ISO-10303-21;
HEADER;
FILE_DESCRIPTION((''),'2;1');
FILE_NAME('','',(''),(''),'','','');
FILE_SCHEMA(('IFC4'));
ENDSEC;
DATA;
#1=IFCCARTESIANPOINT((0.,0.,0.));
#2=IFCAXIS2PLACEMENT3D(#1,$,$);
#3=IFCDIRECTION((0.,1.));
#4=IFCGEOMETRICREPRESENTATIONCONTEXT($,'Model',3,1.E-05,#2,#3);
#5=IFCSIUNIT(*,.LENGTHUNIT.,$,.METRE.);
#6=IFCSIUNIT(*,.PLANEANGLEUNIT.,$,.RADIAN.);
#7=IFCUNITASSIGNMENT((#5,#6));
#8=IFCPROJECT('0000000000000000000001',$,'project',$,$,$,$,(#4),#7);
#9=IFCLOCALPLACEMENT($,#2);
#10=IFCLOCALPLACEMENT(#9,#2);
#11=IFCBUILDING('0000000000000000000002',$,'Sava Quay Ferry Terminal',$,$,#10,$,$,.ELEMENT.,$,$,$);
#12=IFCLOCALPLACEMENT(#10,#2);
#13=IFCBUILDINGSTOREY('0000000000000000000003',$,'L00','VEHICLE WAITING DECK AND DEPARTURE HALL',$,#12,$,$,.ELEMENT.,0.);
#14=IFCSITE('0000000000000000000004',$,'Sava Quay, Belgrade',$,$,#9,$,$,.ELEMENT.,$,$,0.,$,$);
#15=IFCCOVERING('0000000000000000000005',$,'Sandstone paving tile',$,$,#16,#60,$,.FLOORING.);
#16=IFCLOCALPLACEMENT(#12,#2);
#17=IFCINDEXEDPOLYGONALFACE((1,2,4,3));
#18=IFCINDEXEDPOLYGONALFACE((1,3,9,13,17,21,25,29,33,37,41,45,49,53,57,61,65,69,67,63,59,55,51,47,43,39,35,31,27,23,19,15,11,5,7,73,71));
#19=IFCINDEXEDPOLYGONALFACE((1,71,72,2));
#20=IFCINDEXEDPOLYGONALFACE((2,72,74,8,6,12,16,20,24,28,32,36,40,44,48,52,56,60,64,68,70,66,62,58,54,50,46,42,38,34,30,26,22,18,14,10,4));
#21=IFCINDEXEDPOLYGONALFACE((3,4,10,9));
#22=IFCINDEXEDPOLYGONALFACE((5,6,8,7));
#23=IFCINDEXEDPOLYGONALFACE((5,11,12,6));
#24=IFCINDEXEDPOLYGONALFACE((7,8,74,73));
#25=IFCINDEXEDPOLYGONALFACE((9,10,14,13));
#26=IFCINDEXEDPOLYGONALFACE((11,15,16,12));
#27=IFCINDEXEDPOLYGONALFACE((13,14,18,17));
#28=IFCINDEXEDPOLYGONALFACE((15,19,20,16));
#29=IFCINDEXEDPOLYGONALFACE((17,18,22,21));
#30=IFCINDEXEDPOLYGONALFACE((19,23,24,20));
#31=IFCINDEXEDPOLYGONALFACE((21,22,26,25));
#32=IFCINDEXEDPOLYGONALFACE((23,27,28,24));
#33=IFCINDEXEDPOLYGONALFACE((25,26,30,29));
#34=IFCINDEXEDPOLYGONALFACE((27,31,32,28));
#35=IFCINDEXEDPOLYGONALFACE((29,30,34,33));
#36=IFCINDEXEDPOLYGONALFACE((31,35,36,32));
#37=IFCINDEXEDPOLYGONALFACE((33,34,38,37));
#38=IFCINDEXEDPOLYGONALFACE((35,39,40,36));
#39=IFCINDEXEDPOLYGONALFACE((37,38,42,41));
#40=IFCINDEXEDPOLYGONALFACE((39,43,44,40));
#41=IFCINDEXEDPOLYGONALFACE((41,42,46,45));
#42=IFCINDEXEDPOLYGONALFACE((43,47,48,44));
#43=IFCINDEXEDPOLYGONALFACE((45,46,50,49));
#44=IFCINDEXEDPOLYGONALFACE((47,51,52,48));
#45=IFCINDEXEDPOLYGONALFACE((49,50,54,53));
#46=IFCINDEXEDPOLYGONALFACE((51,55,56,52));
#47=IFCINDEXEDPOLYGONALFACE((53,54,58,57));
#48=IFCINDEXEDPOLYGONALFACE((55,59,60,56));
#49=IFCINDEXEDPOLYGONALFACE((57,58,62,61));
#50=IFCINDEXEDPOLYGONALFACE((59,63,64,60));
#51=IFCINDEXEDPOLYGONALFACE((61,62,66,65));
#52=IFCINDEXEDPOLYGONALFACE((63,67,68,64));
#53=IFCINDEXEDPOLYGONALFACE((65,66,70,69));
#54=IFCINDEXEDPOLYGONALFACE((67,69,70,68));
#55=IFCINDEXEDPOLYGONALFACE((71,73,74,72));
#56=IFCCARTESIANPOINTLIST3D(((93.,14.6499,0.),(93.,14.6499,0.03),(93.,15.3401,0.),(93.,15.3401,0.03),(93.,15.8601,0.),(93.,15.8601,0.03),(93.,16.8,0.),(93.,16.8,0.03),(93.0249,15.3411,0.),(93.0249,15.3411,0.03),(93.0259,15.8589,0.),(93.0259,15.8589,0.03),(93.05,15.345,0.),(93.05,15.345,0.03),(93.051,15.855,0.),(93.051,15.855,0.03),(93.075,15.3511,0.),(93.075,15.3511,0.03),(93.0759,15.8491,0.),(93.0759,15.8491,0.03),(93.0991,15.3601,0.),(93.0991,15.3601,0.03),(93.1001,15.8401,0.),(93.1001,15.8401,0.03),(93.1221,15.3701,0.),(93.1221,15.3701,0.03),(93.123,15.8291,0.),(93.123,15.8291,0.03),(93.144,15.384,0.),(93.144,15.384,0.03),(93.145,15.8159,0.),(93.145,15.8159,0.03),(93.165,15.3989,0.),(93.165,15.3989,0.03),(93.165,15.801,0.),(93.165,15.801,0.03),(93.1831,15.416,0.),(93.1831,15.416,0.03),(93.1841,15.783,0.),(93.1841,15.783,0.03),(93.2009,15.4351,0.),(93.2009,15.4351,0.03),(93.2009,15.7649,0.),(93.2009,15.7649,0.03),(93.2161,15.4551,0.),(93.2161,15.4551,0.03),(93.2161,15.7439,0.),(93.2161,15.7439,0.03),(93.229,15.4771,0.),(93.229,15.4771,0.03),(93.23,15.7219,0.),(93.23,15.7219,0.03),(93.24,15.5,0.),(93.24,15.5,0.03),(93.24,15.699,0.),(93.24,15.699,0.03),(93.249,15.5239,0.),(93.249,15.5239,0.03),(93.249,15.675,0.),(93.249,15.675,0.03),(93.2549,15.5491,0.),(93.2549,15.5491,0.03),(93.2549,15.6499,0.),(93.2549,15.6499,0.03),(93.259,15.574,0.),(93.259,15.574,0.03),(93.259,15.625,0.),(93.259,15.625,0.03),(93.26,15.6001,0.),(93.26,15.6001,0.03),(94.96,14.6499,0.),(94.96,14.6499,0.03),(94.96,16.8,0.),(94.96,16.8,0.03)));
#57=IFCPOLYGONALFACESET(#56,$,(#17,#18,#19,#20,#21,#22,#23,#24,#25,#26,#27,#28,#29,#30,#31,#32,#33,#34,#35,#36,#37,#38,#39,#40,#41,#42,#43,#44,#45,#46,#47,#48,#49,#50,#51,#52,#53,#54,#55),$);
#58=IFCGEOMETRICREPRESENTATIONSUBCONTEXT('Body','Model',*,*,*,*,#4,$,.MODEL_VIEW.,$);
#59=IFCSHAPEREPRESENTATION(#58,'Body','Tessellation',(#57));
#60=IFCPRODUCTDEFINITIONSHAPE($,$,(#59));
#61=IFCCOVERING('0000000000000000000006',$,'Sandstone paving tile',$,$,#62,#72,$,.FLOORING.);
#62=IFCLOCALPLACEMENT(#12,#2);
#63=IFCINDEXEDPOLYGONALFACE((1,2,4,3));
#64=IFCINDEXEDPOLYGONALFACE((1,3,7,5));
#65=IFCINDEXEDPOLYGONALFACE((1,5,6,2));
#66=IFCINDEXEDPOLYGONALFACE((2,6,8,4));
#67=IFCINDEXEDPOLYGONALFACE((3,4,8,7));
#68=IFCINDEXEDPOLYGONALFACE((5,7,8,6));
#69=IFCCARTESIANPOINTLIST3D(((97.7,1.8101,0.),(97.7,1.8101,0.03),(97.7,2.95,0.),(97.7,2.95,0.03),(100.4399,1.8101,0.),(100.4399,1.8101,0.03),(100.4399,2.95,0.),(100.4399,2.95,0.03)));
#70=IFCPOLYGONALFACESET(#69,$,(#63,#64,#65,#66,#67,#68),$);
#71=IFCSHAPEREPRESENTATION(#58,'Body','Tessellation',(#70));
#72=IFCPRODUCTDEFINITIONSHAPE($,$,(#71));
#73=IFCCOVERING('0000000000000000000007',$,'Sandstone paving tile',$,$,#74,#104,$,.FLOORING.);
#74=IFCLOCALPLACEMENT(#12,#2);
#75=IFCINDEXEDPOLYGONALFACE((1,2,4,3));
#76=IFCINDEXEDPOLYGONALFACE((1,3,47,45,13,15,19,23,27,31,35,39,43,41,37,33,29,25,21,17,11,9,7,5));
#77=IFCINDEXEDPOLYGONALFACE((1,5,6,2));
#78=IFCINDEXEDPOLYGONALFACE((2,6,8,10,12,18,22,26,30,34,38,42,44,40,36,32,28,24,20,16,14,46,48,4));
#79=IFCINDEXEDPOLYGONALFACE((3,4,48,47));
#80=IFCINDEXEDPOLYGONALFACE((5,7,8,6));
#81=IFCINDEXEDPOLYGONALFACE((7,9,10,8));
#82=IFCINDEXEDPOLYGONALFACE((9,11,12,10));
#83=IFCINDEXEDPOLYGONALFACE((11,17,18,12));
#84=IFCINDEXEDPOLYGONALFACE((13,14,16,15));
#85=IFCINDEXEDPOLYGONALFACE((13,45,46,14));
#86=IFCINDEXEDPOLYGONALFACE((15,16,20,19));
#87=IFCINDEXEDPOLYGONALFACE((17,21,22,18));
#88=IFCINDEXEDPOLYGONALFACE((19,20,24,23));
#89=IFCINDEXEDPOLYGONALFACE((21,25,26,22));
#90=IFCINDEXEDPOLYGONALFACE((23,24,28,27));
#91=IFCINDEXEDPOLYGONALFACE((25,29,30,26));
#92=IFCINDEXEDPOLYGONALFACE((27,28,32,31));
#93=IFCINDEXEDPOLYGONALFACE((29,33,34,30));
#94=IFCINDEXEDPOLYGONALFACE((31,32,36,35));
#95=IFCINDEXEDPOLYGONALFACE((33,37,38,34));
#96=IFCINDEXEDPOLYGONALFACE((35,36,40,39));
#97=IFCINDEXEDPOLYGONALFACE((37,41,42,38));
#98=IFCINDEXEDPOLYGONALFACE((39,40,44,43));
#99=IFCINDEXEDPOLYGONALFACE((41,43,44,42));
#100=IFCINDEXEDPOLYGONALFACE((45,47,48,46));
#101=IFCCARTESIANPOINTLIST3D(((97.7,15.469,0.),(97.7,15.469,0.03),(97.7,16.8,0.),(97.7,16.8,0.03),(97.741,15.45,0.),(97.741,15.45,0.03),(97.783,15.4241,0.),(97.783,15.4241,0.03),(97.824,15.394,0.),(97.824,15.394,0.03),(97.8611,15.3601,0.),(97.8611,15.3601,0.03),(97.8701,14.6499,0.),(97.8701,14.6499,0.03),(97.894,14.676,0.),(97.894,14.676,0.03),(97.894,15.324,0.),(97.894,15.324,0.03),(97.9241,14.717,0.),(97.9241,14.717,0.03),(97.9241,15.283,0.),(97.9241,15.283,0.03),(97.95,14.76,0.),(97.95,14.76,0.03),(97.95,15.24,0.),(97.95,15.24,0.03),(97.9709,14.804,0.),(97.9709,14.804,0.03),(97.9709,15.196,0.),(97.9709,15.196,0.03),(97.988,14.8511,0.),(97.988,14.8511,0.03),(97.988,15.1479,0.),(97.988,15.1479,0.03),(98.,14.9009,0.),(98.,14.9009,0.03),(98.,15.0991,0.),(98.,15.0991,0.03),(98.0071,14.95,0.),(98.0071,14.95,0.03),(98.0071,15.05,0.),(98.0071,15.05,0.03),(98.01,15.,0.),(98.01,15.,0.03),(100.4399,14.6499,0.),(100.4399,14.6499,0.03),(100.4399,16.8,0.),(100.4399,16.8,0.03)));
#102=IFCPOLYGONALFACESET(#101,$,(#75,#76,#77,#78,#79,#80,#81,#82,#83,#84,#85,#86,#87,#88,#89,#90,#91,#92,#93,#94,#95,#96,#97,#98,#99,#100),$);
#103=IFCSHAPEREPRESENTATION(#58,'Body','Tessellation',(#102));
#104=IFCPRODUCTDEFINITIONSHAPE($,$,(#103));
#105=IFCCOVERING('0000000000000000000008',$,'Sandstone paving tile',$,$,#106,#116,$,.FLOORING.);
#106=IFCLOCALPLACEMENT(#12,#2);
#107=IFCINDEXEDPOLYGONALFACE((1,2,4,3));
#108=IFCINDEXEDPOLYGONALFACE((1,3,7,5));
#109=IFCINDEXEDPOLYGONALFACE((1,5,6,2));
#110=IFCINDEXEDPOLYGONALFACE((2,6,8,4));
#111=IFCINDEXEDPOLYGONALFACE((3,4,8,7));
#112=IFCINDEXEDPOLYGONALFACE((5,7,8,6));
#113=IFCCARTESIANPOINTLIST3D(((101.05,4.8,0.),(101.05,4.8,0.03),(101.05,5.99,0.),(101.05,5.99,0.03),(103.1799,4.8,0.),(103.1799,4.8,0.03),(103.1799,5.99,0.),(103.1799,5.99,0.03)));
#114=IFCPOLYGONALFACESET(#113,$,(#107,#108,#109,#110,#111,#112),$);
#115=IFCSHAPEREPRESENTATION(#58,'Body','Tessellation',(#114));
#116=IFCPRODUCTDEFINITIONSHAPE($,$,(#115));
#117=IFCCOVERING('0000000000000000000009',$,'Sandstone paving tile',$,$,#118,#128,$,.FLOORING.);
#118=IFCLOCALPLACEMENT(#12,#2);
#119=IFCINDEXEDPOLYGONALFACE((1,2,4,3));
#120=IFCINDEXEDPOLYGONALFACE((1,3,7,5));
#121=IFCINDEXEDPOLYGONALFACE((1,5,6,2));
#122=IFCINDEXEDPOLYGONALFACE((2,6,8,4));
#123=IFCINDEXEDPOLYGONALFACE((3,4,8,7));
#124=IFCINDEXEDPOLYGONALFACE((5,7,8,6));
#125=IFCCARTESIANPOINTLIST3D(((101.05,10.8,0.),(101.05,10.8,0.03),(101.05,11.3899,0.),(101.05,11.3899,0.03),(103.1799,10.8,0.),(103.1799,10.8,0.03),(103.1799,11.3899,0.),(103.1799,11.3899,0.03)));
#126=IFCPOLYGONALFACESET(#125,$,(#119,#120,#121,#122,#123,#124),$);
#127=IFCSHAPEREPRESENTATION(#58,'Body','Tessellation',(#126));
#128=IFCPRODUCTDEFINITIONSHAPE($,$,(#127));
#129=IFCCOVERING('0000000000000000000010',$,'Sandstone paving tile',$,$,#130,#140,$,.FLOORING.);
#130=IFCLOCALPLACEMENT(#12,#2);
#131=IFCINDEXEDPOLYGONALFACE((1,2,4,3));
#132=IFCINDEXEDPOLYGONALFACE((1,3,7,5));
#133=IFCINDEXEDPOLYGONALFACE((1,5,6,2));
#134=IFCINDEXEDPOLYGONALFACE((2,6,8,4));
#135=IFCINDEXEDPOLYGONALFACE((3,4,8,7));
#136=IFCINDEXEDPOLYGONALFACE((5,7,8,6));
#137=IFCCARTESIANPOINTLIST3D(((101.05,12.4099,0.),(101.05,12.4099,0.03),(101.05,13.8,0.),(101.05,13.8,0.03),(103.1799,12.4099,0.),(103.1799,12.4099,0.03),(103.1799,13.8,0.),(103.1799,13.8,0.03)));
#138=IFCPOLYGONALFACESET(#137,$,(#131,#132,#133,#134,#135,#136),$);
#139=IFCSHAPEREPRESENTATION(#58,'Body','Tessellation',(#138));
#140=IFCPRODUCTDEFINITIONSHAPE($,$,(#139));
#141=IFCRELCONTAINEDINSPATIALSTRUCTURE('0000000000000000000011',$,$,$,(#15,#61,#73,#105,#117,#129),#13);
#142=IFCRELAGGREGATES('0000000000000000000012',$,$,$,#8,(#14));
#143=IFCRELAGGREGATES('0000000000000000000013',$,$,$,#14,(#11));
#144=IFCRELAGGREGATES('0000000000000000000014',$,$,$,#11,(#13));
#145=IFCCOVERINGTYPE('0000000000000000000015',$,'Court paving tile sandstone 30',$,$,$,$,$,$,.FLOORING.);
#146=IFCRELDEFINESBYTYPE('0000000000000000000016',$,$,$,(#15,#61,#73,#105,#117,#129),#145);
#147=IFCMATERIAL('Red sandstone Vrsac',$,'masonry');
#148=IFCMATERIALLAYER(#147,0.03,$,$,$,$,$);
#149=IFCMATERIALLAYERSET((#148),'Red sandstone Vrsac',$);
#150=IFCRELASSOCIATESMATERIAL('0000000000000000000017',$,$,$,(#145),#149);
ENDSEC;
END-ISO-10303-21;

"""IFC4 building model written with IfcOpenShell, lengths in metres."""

from ifc_helpers import new_model, si_unit, direction, origin, place, context, subcontext, project, spatial, polyline, outline, extrude, material, layer, layer_set, type_object, element, save


model = new_model("IFC4")

# Units and contexts
model_context = context("Model", 3, precision=1e-05, world=origin(), true_north=direction((0.0, 1.0)))
body_context = subcontext(model_context, "Body", "Model", "MODEL_VIEW")
ifc_project = project(units=[si_unit("LENGTHUNIT", "METRE"), si_unit("PLANEANGLEUNIT", "RADIAN")], contexts=[model_context])

# Site, building, storey
site_placement = place(None, origin())
site = spatial("IfcSite", under=ifc_project, at=site_placement, Name="Sava Quay, Belgrade", CompositionType="ELEMENT", RefElevation=0.0)
building_placement = place(site_placement, origin())
building = spatial("IfcBuilding", under=site, at=building_placement, Name="Sava Quay Ferry Terminal", CompositionType="ELEMENT")
storey_placement = place(building_placement, origin())
storey = spatial("IfcBuildingStorey", under=building, at=storey_placement, Name="L00", Description="VEHICLE WAITING DECK AND DEPARTURE HALL", CompositionType="ELEMENT", Elevation=0.0)

# Coverings
ifc_material_1 = material(Name="Red sandstone Vrsac", Category="masonry")
ifc_layer_1 = layer(ifc_material_1, 0.03)
ifc_layer_set_1 = layer_set([ifc_layer_1], Name="Red sandstone Vrsac")
covering_type_1 = type_object("IfcCoveringType", Name="Court paving tile sandstone 30", PredefinedType="FLOORING", material=ifc_layer_set_1)
covering_1_placement = place(storey_placement, origin())
element("IfcCovering", 1, at=covering_1_placement, inside=storey, type_object=covering_type_1, Name="Sandstone paving tile", PredefinedType="FLOORING", context=body_context, shape_type="SweptSolid", body=[
    extrude(outline(polyline([(94.96, 14.6499), (94.96, 16.8), (93.0, 16.8), (93.0, 15.8601), (93.0259, 15.8589), (93.051, 15.855), (93.0759, 15.8491), (93.1001, 15.8401), (93.123, 15.8291), (93.145, 15.8159), (93.165, 15.801), (93.1841, 15.783), (93.2009, 15.7649), (93.2161, 15.7439), (93.23, 15.7219), (93.24, 15.699), (93.249, 15.675), (93.2549, 15.6499), (93.259, 15.625), (93.26, 15.6001), (93.259, 15.574), (93.2549, 15.5491), (93.249, 15.5239), (93.24, 15.5), (93.229, 15.4771), (93.2161, 15.4551), (93.2009, 15.4351), (93.1831, 15.416), (93.165, 15.3989), (93.144, 15.384), (93.1221, 15.3701), (93.0991, 15.3601), (93.075, 15.3511), (93.05, 15.345), (93.0249, 15.3411), (93.0, 15.3401), (93.0, 14.6499), (94.96, 14.6499)])), origin(), (0.0, 0.0, 1.0), 0.03),
])
covering_2_placement = place(storey_placement, origin())
element("IfcCovering", 2, at=covering_2_placement, inside=storey, type_object=covering_type_1, Name="Sandstone paving tile", PredefinedType="FLOORING", context=body_context, shape_type="SweptSolid", body=[
    extrude(outline(polyline([(97.7, 1.8101), (100.4399, 1.8101), (100.4399, 2.95), (97.7, 2.95), (97.7, 1.8101)])), origin(), (0.0, 0.0, 1.0), 0.03),
])
covering_3_placement = place(storey_placement, origin())
element("IfcCovering", 3, at=covering_3_placement, inside=storey, type_object=covering_type_1, Name="Sandstone paving tile", PredefinedType="FLOORING", context=body_context, shape_type="SweptSolid", body=[
    extrude(outline(polyline([(100.4399, 16.8), (97.7, 16.8), (97.7, 15.469), (97.741, 15.45), (97.783, 15.4241), (97.824, 15.394), (97.8611, 15.3601), (97.894, 15.324), (97.9241, 15.283), (97.95, 15.24), (97.9709, 15.196), (97.988, 15.1479), (98.0, 15.0991), (98.0071, 15.05), (98.01, 15.0), (98.0071, 14.95), (98.0, 14.9009), (97.988, 14.8511), (97.9709, 14.804), (97.95, 14.76), (97.9241, 14.717), (97.894, 14.676), (97.8701, 14.6499), (100.4399, 14.6499), (100.4399, 16.8)])), origin(), (0.0, 0.0, 1.0), 0.03),
])
covering_4_placement = place(storey_placement, origin())
element("IfcCovering", 4, at=covering_4_placement, inside=storey, type_object=covering_type_1, Name="Sandstone paving tile", PredefinedType="FLOORING", context=body_context, shape_type="SweptSolid", body=[
    extrude(outline(polyline([(101.05, 4.8), (103.1799, 4.8), (103.1799, 5.99), (101.05, 5.99), (101.05, 4.8)])), origin(), (0.0, 0.0, 1.0), 0.03),
])
covering_5_placement = place(storey_placement, origin())
element("IfcCovering", 5, at=covering_5_placement, inside=storey, type_object=covering_type_1, Name="Sandstone paving tile", PredefinedType="FLOORING", context=body_context, shape_type="SweptSolid", body=[
    extrude(outline(polyline([(101.05, 10.8), (103.1799, 10.8), (103.1799, 11.3899), (101.05, 11.3899), (101.05, 10.8)])), origin(), (0.0, 0.0, 1.0), 0.03),
])
covering_6_placement = place(storey_placement, origin())
element("IfcCovering", 6, at=covering_6_placement, inside=storey, type_object=covering_type_1, Name="Sandstone paving tile", PredefinedType="FLOORING", context=body_context, shape_type="SweptSolid", body=[
    extrude(outline(polyline([(103.1799, 12.4099), (103.1799, 13.8), (101.05, 13.8), (101.05, 12.4099), (103.1799, 12.4099)])), origin(), (0.0, 0.0, 1.0), 0.03),
])

save(model, "model.ifc")
